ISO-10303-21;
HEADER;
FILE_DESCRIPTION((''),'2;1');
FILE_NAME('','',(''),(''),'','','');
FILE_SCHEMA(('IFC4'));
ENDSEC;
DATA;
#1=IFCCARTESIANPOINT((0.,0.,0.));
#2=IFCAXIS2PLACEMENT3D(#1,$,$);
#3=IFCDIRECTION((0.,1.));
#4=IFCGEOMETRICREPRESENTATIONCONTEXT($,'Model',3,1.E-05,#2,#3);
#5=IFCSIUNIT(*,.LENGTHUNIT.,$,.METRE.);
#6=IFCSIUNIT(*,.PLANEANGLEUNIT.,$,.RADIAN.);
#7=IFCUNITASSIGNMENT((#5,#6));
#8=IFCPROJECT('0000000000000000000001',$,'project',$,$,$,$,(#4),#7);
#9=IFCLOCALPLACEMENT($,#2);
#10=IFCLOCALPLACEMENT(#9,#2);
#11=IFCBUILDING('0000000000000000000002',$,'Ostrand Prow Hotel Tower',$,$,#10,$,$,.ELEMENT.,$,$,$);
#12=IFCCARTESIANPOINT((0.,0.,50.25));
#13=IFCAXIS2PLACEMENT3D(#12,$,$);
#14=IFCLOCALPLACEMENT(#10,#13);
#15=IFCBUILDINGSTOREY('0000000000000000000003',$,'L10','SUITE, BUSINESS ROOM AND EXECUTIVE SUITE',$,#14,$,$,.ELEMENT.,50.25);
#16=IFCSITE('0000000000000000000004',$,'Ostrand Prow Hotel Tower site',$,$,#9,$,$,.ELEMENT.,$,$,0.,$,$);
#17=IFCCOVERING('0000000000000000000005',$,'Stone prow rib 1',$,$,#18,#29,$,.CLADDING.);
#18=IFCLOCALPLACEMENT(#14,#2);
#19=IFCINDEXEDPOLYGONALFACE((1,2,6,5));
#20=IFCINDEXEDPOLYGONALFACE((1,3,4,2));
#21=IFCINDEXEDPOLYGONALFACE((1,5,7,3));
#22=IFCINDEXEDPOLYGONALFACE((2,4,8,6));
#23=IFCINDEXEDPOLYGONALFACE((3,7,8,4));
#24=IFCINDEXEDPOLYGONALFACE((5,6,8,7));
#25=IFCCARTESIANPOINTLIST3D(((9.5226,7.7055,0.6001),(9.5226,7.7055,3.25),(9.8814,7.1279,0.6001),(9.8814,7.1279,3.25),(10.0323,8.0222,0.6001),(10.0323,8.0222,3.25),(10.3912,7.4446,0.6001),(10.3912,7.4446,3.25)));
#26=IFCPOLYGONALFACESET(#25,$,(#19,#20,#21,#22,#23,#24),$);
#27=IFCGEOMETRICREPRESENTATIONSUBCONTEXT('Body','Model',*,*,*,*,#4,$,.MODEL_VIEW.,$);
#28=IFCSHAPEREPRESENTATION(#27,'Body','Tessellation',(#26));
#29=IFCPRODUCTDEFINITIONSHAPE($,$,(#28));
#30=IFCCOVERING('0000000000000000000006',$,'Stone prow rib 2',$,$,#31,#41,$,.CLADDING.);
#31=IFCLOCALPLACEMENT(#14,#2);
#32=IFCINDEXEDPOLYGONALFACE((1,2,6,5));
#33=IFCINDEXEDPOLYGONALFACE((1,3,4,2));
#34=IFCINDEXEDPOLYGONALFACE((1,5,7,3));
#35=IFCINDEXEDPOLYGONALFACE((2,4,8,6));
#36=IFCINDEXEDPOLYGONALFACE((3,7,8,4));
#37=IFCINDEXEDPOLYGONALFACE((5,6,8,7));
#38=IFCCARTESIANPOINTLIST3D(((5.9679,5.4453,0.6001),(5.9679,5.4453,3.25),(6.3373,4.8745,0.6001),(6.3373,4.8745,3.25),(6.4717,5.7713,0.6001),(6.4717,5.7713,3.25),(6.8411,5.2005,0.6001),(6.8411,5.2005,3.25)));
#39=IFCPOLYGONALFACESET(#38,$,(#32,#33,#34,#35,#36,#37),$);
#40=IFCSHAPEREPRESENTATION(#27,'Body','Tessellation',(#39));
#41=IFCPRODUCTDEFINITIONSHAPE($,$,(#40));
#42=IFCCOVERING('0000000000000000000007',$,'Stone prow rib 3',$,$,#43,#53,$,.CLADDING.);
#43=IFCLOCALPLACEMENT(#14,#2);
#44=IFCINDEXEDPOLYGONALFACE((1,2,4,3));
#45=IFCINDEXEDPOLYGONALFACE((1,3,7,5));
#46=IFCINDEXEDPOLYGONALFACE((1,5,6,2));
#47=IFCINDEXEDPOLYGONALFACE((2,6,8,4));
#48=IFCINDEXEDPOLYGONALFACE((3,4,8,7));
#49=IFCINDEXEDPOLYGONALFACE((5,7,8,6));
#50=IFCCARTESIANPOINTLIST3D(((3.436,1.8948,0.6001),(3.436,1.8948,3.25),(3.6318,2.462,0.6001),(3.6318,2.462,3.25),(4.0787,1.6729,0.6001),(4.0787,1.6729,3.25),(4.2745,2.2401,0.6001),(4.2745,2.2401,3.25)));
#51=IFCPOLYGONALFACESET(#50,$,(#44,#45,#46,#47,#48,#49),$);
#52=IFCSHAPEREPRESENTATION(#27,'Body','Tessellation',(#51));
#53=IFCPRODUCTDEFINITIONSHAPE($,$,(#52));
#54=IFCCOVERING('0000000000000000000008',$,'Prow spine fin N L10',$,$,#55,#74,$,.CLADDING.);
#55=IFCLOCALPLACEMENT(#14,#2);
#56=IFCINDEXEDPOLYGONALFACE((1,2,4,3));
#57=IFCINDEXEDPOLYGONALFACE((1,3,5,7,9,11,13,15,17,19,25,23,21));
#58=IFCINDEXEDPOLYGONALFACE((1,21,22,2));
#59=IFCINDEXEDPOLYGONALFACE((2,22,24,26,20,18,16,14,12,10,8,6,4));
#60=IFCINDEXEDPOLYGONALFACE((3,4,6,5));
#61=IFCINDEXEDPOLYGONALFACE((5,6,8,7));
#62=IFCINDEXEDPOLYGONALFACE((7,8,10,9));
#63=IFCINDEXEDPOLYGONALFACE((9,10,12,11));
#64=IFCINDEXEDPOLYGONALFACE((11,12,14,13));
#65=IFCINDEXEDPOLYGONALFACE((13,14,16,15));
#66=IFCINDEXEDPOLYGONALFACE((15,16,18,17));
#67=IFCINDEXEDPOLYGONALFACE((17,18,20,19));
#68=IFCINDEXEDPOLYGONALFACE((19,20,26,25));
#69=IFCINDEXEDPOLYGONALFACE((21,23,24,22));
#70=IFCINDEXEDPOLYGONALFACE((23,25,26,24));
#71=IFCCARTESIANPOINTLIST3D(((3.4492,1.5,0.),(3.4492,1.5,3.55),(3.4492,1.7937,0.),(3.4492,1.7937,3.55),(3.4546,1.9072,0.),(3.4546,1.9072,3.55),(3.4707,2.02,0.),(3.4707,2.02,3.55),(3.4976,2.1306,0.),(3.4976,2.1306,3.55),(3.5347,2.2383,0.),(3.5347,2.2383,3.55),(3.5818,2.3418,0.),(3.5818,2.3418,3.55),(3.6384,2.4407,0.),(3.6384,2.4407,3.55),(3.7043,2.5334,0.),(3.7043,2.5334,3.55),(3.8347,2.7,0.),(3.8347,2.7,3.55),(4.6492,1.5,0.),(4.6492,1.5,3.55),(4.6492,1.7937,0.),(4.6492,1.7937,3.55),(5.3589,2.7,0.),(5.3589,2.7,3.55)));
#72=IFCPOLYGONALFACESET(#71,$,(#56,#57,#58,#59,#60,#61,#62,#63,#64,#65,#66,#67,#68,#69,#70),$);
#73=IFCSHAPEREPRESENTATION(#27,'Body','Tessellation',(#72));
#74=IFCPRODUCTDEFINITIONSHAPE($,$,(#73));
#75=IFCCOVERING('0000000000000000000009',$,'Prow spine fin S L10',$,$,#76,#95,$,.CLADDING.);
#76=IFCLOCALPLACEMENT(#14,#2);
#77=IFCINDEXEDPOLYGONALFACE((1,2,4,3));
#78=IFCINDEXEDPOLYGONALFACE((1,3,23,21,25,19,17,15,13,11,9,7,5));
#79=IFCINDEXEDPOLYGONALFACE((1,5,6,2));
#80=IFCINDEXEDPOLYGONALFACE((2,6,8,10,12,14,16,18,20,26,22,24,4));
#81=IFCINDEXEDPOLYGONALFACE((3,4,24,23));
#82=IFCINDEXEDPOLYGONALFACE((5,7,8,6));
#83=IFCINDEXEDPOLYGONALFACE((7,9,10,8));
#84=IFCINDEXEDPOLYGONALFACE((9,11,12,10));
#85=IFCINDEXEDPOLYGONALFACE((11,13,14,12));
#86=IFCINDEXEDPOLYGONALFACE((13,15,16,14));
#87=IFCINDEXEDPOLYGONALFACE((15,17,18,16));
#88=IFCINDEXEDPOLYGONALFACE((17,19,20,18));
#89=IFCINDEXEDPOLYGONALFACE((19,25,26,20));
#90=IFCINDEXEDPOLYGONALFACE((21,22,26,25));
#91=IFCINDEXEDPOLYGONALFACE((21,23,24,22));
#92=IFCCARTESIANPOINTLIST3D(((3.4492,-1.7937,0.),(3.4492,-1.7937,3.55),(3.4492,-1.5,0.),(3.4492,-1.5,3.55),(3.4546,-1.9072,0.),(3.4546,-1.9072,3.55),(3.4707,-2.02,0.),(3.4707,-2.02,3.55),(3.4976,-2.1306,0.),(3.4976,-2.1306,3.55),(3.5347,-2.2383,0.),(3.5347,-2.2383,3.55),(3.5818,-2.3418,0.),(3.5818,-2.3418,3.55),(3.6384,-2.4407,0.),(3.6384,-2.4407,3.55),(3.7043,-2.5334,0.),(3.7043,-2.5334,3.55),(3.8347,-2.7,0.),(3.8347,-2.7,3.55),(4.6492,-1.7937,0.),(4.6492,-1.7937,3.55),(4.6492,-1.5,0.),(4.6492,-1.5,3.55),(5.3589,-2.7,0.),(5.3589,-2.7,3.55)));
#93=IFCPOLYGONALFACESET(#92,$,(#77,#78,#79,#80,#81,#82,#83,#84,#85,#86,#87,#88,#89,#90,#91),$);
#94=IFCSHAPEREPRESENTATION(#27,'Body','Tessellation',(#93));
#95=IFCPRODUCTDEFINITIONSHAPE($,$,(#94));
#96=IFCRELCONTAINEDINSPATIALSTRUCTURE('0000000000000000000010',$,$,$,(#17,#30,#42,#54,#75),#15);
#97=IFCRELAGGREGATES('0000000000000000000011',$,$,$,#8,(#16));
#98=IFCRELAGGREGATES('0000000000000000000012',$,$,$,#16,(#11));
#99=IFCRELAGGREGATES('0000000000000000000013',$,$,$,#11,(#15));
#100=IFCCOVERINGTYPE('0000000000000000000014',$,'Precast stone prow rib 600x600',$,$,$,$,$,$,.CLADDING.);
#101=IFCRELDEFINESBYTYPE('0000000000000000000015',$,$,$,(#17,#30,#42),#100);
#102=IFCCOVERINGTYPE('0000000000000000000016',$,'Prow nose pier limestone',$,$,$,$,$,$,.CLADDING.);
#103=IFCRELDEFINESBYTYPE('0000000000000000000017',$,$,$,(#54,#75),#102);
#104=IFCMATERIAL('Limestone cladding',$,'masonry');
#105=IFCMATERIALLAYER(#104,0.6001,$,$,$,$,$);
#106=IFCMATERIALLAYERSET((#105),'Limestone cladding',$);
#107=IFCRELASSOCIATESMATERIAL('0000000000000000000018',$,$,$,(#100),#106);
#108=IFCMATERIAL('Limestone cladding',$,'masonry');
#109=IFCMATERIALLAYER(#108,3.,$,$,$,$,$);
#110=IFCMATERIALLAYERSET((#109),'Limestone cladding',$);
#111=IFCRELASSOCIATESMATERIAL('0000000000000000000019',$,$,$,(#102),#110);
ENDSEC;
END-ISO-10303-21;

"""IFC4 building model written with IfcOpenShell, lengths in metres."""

from ifc_helpers import new_model, si_unit, direction, frame, frame_2d, origin, place, context, subcontext, project, spatial, polyline, rectangle, outline, extrude, material, layer, layer_set, type_object, element, save


model = new_model("IFC4")

# Units and contexts
model_context = context("Model", 3, precision=1e-05, world=origin(), true_north=direction((0.0, 1.0)))
body_context = subcontext(model_context, "Body", "Model", "MODEL_VIEW")
ifc_project = project(units=[si_unit("LENGTHUNIT", "METRE"), si_unit("PLANEANGLEUNIT", "RADIAN")], contexts=[model_context])

# Site, building, storey
site_placement = place(None, origin())
site = spatial("IfcSite", under=ifc_project, at=site_placement, Name="Ostrand Prow Hotel Tower site", CompositionType="ELEMENT", RefElevation=0.0)
building_placement = place(site_placement, origin())
building = spatial("IfcBuilding", under=site, at=building_placement, Name="Ostrand Prow Hotel Tower", CompositionType="ELEMENT")
storey_placement = place(building_placement, frame((0.0, 0.0, 50.25)))
storey = spatial("IfcBuildingStorey", under=building, at=storey_placement, Name="L10", Description="SUITE, BUSINESS ROOM AND EXECUTIVE SUITE", CompositionType="ELEMENT", Elevation=50.25)

# Coverings
ifc_material_1 = material(Name="Limestone cladding", Category="masonry")
ifc_layer_1 = layer(ifc_material_1, 0.6001)
ifc_layer_set_1 = layer_set([ifc_layer_1], Name="Limestone cladding")
covering_type_1 = type_object("IfcCoveringType", Name="Precast stone prow rib 600x600", PredefinedType="CLADDING", material=ifc_layer_set_1)
for number, where, z_axis, x_axis, name in (
    (1, (10.1362, 7.2864, 0.6001), (0.0, 0.0, 1.0), (-0.527738, 0.849407, 0.0), "Stone prow rib 1"),
    (2, (6.5891, 5.0376, 0.6001), (0.0, 0.0, 1.0), (-0.543296, 0.839541, 0.0), "Stone prow rib 2"),
    (3, (4.1765, 1.9565, 0.6001), (0.0, 0.0, 1.0), (-0.945255, 0.326334, 0.0), "Stone prow rib 3"),
):
    element("IfcCovering", number, at=place(storey_placement, frame(where, z_axis=z_axis, x_axis=x_axis)), inside=storey, type_object=covering_type_1, Name=name, PredefinedType="CLADDING", context=body_context, shape_type="SweptSolid", body=[
        extrude(rectangle(XDim=0.6799, YDim=0.6001, at=frame_2d((0.3398, 0.0))), origin(), (0.0, 0.0, 1.0), 2.6499),
    ])
ifc_material_2 = material(Name="Limestone cladding", Category="masonry")
ifc_layer_2 = layer(ifc_material_2, 3.0)
ifc_layer_set_2 = layer_set([ifc_layer_2], Name="Limestone cladding")
covering_type_2 = type_object("IfcCoveringType", Name="Prow nose pier limestone", PredefinedType="CLADDING", material=ifc_layer_set_2)
covering_1_placement = place(storey_placement, origin())
element("IfcCovering", 4, at=covering_1_placement, inside=storey, type_object=covering_type_2, Name="Prow spine fin N L10", PredefinedType="CLADDING", context=body_context, shape_type="SweptSolid", body=[
    extrude(outline(polyline([(3.4492, 1.7937), (3.4492, 1.5), (4.6492, 1.5), (4.6492, 1.7937), (5.3589, 2.7), (3.8347, 2.7), (3.7043, 2.5334), (3.6384, 2.4407), (3.5818, 2.3418), (3.5347, 2.2383), (3.4976, 2.1306), (3.4707, 2.02), (3.4546, 1.9072), (3.4492, 1.7937)])), origin(), (0.0, 0.0, 1.0), 3.55),
])
covering_2_placement = place(storey_placement, origin())
element("IfcCovering", 5, at=covering_2_placement, inside=storey, type_object=covering_type_2, Name="Prow spine fin S L10", PredefinedType="CLADDING", context=body_context, shape_type="SweptSolid", body=[
    extrude(outline(polyline([(3.7043, -2.5334), (3.8347, -2.7), (5.3589, -2.7), (4.6492, -1.7937), (4.6492, -1.5), (3.4492, -1.5), (3.4492, -1.7937), (3.4546, -1.9072), (3.4707, -2.02), (3.4976, -2.1306), (3.5347, -2.2383), (3.5818, -2.3418), (3.6384, -2.4407), (3.7043, -2.5334)])), origin(), (0.0, 0.0, 1.0), 3.55),
])

save(model, "model.ifc")
